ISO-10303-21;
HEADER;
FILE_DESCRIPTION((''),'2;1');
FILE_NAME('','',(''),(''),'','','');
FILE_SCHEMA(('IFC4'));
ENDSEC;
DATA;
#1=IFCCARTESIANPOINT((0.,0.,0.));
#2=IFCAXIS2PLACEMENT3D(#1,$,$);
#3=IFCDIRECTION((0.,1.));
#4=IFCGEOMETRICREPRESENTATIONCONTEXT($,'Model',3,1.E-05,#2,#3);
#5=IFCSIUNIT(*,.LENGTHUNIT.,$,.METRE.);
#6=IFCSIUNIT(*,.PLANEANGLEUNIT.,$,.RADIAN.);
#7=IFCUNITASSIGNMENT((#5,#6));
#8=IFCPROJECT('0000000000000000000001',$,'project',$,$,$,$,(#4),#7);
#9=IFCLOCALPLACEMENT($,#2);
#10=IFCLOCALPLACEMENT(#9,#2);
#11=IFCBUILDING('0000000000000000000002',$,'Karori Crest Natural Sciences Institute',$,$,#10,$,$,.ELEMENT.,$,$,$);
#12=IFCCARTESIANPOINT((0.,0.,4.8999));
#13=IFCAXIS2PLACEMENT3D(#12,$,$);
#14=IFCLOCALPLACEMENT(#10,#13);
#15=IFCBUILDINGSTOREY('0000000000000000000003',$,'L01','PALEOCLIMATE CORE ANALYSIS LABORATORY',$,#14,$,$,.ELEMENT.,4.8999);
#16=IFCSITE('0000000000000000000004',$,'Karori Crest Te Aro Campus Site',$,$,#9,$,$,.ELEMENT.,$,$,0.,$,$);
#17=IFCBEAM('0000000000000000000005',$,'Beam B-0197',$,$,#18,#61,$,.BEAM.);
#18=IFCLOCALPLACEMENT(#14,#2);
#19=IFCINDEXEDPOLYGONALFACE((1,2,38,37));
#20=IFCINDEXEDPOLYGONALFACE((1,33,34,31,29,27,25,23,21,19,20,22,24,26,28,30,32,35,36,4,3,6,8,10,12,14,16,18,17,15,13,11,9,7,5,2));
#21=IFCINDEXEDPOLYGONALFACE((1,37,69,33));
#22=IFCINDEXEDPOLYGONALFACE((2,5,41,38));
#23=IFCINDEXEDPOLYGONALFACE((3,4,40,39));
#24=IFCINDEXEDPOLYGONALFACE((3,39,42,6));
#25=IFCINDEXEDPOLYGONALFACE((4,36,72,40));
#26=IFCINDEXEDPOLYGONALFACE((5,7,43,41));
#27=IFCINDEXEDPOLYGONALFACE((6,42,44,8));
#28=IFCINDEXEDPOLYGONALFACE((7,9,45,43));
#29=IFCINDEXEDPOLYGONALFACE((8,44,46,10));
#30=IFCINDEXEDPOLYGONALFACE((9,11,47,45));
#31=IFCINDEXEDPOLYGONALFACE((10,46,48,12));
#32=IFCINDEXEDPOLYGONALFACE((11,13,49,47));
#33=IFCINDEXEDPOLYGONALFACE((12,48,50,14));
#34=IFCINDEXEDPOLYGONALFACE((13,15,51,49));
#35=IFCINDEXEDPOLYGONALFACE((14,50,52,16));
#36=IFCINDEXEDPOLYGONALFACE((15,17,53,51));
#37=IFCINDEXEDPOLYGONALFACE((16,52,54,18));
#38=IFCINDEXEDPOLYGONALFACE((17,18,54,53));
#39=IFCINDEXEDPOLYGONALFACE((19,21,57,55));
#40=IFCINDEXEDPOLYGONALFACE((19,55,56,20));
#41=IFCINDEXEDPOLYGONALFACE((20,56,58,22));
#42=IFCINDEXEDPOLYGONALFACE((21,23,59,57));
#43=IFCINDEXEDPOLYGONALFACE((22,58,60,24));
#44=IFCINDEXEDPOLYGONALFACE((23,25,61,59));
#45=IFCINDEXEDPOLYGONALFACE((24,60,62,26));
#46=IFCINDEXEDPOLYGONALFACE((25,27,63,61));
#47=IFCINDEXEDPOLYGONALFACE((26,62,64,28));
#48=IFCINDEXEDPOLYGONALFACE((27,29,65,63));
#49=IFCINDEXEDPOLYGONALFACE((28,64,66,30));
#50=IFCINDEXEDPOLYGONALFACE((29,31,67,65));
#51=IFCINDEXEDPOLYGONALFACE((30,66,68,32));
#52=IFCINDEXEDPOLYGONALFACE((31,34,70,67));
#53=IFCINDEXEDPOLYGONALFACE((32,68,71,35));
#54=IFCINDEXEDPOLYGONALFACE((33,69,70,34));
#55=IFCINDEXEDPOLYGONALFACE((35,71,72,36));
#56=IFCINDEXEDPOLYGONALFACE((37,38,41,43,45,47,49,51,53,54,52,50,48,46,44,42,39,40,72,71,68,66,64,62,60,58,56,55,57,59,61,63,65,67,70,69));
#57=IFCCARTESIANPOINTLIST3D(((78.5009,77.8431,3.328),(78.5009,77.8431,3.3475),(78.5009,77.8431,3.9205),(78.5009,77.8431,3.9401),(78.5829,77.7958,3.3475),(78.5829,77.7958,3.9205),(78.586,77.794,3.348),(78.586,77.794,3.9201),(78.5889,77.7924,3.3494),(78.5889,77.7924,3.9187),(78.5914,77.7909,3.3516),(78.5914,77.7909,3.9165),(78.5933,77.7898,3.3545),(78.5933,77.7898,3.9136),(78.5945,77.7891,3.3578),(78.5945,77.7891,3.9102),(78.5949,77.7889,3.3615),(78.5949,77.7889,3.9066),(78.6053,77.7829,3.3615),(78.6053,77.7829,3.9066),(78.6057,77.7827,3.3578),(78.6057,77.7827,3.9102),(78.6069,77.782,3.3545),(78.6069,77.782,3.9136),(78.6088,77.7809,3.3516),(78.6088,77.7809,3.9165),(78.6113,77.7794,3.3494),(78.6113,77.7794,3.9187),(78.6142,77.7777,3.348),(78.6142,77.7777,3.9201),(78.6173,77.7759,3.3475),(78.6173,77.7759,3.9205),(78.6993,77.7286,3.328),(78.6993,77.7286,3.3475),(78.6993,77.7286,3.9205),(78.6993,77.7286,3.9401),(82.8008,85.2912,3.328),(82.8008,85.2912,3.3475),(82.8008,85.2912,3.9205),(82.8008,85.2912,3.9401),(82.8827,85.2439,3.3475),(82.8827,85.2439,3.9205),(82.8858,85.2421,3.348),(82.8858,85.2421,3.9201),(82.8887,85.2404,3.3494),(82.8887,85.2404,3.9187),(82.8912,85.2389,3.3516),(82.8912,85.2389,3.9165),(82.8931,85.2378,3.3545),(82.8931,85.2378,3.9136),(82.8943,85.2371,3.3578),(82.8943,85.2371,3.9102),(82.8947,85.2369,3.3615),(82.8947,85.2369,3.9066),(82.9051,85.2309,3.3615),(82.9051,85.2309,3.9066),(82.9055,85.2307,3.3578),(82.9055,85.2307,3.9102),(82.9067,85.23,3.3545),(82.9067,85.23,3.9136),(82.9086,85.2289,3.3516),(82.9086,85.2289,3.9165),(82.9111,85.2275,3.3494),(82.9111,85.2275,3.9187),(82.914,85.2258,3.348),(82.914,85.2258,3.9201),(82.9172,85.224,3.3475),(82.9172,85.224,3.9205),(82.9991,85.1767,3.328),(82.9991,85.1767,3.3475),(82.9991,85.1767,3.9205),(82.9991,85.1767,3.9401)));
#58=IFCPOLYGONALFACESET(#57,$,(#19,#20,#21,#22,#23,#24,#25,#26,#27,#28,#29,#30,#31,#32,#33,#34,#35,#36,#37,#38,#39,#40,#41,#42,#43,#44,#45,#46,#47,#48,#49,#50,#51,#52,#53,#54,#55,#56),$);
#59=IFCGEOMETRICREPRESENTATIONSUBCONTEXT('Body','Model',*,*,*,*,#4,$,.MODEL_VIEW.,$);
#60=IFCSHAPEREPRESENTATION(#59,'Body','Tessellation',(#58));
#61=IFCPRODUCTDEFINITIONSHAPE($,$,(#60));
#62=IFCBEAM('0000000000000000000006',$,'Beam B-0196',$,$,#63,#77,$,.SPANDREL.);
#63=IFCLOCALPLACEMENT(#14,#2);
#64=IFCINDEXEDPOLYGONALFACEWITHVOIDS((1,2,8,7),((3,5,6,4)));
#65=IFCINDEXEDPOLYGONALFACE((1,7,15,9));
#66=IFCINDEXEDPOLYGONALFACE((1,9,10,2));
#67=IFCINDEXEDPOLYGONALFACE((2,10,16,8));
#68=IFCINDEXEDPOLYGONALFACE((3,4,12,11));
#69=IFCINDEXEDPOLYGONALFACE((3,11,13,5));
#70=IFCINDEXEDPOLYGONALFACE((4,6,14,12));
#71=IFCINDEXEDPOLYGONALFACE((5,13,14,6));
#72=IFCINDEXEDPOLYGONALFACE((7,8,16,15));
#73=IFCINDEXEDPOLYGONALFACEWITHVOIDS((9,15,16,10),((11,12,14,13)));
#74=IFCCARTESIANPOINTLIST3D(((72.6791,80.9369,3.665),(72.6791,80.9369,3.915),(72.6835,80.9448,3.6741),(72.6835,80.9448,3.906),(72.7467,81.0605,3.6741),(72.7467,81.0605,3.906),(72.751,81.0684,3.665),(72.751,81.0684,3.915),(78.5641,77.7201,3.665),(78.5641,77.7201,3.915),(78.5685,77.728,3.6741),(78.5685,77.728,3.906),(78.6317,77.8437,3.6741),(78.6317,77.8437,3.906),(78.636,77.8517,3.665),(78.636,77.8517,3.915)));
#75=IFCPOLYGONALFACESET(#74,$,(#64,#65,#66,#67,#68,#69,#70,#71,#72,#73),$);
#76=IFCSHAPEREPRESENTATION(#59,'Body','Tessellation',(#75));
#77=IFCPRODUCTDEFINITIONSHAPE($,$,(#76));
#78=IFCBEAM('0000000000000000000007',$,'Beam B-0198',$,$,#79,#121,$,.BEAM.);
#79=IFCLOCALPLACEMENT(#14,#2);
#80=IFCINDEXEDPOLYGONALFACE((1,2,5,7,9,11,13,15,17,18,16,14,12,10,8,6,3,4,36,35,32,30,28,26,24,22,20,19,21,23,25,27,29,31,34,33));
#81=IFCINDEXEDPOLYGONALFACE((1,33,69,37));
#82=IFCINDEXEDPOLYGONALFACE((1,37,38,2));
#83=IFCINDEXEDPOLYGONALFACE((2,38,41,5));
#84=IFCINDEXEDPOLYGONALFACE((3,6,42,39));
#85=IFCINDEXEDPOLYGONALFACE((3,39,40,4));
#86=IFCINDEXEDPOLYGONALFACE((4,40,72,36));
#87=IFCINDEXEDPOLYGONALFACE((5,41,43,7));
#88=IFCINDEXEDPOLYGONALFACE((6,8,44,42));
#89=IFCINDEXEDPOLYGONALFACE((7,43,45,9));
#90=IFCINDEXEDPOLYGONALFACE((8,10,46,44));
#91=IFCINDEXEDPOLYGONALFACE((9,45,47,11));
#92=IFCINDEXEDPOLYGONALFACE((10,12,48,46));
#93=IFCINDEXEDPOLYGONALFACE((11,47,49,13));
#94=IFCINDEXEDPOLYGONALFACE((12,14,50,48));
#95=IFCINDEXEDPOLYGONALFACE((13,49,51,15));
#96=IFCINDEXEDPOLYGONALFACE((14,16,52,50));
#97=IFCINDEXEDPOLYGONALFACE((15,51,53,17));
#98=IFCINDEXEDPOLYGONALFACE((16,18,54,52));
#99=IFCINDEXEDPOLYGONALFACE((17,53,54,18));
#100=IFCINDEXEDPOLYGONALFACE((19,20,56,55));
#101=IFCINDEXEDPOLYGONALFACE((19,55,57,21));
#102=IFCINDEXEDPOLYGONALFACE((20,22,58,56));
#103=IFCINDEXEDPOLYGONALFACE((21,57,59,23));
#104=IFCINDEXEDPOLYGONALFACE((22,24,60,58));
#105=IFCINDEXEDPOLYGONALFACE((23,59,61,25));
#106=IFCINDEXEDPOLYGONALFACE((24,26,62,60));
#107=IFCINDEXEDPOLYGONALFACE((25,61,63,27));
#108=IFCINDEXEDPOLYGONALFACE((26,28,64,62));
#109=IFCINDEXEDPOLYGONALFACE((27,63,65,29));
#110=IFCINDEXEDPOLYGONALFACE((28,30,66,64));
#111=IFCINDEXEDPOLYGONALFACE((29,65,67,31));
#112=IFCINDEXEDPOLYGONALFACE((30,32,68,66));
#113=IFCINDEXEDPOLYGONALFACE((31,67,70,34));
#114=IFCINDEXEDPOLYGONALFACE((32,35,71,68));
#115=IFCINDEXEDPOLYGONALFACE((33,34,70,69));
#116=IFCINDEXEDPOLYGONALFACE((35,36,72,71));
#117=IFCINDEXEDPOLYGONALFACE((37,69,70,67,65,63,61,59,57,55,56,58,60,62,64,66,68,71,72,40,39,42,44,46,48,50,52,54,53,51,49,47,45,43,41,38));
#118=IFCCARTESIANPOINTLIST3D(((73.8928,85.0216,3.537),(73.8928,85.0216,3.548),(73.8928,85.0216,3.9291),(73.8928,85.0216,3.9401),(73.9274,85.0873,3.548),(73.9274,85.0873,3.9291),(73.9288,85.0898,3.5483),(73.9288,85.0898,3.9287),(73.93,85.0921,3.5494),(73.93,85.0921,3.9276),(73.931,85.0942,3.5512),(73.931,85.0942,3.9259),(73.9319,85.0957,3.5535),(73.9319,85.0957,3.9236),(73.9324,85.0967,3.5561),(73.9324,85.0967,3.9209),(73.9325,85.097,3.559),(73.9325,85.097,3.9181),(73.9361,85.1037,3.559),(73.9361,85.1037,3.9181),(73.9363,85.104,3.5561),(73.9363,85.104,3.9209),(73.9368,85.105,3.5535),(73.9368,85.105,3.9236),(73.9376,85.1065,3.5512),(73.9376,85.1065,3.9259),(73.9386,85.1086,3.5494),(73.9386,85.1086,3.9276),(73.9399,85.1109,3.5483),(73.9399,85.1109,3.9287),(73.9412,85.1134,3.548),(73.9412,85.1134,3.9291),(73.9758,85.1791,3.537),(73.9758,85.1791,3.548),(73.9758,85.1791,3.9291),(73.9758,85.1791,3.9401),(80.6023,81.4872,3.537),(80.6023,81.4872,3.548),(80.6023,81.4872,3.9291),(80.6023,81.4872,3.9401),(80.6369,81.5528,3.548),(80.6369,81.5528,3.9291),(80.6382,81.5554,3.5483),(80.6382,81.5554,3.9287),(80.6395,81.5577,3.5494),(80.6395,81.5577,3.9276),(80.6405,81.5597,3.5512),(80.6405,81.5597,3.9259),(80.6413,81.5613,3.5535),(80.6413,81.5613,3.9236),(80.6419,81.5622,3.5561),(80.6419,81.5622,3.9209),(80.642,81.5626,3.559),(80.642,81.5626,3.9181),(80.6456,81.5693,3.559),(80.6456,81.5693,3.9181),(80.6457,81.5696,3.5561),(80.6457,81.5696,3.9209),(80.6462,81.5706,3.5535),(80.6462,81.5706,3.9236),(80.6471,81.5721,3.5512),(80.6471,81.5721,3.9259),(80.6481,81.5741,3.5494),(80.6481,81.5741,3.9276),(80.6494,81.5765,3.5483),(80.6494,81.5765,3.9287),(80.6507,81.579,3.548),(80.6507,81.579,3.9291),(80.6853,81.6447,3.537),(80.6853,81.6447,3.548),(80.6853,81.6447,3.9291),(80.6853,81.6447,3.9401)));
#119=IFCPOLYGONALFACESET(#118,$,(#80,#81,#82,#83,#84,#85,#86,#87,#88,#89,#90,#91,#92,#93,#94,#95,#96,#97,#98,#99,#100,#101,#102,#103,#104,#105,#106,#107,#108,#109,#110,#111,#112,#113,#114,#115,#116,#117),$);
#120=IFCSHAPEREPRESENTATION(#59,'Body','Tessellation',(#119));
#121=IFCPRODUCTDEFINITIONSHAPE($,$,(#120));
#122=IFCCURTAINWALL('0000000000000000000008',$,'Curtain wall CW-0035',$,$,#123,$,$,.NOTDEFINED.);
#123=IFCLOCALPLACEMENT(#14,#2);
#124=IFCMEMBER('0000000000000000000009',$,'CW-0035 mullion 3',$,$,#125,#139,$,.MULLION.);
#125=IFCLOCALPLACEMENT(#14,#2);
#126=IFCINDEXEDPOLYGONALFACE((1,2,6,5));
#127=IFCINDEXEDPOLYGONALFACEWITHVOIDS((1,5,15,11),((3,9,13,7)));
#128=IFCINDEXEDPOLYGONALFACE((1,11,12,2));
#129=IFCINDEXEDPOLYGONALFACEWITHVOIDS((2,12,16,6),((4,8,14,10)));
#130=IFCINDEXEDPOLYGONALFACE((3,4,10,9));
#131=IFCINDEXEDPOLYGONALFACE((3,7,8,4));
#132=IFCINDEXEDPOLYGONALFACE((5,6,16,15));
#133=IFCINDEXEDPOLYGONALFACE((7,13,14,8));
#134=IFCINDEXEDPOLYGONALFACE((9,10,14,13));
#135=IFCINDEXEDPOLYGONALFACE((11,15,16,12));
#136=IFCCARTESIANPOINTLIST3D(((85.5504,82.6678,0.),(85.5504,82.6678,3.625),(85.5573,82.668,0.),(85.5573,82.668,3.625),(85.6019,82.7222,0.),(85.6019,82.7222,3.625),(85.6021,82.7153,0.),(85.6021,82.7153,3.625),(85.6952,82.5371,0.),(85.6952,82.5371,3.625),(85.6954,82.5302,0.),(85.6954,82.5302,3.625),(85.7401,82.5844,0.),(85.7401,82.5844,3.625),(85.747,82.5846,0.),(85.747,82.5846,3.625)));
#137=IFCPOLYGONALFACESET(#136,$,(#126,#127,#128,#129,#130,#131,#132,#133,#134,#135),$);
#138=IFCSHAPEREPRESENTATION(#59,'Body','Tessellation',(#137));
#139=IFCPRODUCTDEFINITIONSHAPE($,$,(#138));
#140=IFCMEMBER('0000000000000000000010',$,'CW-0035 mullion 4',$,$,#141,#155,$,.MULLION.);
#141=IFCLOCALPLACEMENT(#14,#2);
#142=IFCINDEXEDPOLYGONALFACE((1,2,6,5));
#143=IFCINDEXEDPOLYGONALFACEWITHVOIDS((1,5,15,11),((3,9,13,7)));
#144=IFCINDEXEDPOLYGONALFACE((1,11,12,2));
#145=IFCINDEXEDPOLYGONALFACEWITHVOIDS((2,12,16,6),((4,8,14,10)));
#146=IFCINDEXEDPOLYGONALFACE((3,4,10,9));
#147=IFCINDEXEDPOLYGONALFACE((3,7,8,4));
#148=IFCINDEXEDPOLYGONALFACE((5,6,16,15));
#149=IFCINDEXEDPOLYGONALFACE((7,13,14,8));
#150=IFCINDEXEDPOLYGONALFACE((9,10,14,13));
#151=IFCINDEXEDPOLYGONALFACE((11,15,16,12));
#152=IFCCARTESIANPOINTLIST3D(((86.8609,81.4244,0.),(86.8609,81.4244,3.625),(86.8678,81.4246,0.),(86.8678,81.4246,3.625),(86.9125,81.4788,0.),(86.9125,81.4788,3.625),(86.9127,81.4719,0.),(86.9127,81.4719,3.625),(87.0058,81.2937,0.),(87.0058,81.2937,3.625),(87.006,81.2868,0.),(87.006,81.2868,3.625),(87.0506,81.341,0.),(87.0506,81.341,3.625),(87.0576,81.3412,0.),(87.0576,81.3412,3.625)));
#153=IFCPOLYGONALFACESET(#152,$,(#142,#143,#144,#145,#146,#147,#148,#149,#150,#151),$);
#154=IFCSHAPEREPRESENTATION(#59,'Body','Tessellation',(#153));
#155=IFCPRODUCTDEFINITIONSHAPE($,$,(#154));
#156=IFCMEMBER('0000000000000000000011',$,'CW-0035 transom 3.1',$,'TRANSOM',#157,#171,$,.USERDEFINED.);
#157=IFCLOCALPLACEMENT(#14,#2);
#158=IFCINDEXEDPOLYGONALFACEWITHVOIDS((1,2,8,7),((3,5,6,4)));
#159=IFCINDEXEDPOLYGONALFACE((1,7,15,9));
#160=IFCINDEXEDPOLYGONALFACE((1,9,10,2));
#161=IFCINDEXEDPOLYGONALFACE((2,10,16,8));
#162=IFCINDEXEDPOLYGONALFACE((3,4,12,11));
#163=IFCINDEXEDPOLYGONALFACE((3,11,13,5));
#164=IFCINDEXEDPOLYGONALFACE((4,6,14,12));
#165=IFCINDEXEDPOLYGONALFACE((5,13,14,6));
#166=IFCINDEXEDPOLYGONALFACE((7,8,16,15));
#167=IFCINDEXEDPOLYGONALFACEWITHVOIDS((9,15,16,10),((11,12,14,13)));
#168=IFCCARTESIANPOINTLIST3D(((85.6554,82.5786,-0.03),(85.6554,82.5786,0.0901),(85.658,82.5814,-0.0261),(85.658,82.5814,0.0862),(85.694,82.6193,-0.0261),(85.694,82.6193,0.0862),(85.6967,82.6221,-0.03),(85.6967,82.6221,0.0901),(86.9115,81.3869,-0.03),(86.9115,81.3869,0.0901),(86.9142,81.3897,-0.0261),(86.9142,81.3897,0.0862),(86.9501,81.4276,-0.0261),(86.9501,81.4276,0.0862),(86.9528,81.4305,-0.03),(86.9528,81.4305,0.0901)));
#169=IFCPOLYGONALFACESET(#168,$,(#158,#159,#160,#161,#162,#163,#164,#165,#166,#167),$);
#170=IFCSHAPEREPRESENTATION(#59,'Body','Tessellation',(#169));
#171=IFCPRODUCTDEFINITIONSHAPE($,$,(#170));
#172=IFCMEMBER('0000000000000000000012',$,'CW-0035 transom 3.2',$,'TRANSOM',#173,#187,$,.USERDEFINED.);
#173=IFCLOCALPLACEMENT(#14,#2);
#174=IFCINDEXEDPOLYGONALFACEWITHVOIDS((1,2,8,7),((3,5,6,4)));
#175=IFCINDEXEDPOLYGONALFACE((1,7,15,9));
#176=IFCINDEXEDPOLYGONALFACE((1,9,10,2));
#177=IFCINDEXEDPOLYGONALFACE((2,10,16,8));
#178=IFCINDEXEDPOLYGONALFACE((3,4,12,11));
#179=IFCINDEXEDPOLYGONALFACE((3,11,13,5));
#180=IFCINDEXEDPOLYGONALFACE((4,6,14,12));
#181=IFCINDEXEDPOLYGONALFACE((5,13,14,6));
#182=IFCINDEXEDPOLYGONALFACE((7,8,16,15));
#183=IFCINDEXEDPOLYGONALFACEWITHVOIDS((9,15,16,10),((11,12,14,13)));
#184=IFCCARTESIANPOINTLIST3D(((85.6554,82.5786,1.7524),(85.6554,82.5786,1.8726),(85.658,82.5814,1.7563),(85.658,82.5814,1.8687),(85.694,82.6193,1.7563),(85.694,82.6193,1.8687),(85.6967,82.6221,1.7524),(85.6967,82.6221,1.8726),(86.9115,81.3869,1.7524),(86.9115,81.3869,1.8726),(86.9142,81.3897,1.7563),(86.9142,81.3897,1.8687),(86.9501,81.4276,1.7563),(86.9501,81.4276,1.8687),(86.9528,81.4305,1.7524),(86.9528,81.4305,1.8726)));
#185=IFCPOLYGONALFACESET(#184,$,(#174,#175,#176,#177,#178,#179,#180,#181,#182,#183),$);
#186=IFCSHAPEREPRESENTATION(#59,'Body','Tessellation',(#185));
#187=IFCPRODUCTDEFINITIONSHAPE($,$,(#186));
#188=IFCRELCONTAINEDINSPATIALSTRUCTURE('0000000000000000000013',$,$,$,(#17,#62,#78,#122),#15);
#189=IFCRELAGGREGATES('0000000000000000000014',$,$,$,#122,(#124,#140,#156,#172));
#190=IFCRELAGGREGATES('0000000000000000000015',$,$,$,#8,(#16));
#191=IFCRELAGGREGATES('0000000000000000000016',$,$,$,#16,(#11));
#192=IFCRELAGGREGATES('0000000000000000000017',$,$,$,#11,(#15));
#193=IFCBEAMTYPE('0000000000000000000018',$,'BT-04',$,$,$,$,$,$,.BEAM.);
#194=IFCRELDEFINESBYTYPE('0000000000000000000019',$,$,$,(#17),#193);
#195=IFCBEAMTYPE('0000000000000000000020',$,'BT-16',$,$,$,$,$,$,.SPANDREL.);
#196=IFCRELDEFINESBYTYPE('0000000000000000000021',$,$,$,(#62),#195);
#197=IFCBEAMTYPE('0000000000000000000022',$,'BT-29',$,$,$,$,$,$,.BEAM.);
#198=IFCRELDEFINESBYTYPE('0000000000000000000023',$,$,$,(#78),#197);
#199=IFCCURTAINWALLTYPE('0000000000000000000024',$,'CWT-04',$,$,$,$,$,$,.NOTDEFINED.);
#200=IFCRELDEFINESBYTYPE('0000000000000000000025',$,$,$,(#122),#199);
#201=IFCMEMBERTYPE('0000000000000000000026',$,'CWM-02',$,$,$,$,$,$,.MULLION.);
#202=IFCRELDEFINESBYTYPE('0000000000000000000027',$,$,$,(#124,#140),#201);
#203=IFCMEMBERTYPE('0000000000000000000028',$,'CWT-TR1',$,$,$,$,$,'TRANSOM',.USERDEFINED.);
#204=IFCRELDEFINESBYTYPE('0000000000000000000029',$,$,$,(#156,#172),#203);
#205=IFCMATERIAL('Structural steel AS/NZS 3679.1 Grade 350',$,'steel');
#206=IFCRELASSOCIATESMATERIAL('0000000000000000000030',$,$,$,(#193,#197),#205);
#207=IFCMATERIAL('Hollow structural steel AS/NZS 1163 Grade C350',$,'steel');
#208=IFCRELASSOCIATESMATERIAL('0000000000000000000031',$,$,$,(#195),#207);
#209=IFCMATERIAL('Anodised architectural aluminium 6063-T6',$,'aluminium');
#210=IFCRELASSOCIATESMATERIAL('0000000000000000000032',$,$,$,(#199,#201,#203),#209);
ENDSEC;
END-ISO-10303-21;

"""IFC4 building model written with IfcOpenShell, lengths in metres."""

from ifc_helpers import new_model, si_unit, direction, frame, origin, origin_2d, place, context, subcontext, project, spatial, hollow_rectangle, i_section, extrude, material, material_profile, profile_set, type_object, element, aggregate, save


model = new_model("IFC4")

# Units and contexts
model_context = context("Model", 3, precision=1e-05, world=origin(), true_north=direction((0.0, 1.0)))
body_context = subcontext(model_context, "Body", "Model", "MODEL_VIEW")
ifc_project = project(units=[si_unit("LENGTHUNIT", "METRE"), si_unit("PLANEANGLEUNIT", "RADIAN")], contexts=[model_context])

# Site, building, storey
site_placement = place(None, origin())
site = spatial("IfcSite", under=ifc_project, at=site_placement, Name="Karori Crest Te Aro Campus Site", CompositionType="ELEMENT", RefElevation=0.0)
building_placement = place(site_placement, origin())
building = spatial("IfcBuilding", under=site, at=building_placement, Name="Karori Crest Natural Sciences Institute", CompositionType="ELEMENT")
storey_placement = place(building_placement, frame((0.0, 0.0, 4.8999)))
storey = spatial("IfcBuildingStorey", under=building, at=storey_placement, Name="L01", Description="PALEOCLIMATE CORE ANALYSIS LABORATORY", CompositionType="ELEMENT", Elevation=4.8999)

# Beams
ifc_material_1 = material(Name="Structural steel AS/NZS 3679.1 Grade 350", Category="steel")
ifc_material_profile_1 = material_profile(ifc_material_1, i_section(OverallWidth=0.229, OverallDepth=0.6121, WebThickness=0.012, FlangeThickness=0.0195, FilletRadius=0.0139, at=origin_2d()), Name="610UB125")
ifc_profile_set_1 = profile_set([ifc_material_profile_1], Name="Structural steel AS/NZS 3679.1 Grade 350")
beam_type_1 = type_object("IfcBeamType", Name="BT-04", PredefinedType="BEAM", material=ifc_profile_set_1)
beam_1_placement = place(storey_placement, frame((78.6001, 77.7859, 3.634), z_axis=(0.499974, 0.86604, 0.0), x_axis=(-0.86604, 0.499974, 0.0)))
element("IfcBeam", 1, at=beam_1_placement, inside=storey, type_object=beam_type_1, Name="Beam B-0197", PredefinedType="BEAM", context=body_context, shape_type="SweptSolid", body=[
    extrude(i_section(OverallWidth=0.229, OverallDepth=0.6121, WebThickness=0.012, FlangeThickness=0.0195, FilletRadius=0.0139, at=origin_2d()), origin(), (0.0, 0.0, 1.0), 8.6001),
])
ifc_material_2 = material(Name="Hollow structural steel AS/NZS 1163 Grade C350", Category="steel")
ifc_material_profile_2 = material_profile(ifc_material_2, hollow_rectangle(XDim=0.1499, YDim=0.25, WallThickness=0.009, at=origin_2d()), Name="RHS250x150x9")
ifc_profile_set_2 = profile_set([ifc_material_profile_2], Name="Hollow structural steel AS/NZS 1163 Grade C350")
beam_type_2 = type_object("IfcBeamType", Name="BT-16", PredefinedType="SPANDREL", material=ifc_profile_set_2)
beam_2_placement = place(storey_placement, frame((78.6001, 77.7859, 3.79), z_axis=(-0.87747, 0.479632, 0.0), x_axis=(-0.479632, -0.87747, 0.0)))
element("IfcBeam", 2, at=beam_2_placement, inside=storey, type_object=beam_type_2, Name="Beam B-0196", PredefinedType="SPANDREL", context=body_context, shape_type="SweptSolid", body=[
    extrude(hollow_rectangle(XDim=0.1499, YDim=0.25, WallThickness=0.009, at=origin_2d()), origin(), (0.0, 0.0, 1.0), 6.7068),
])
ifc_material_profile_3 = material_profile(ifc_material_1, i_section(OverallWidth=0.178, OverallDepth=0.4031, WebThickness=0.0076, FlangeThickness=0.011, FilletRadius=0.011, at=origin_2d()), Name="410UB53.7")
ifc_profile_set_3 = profile_set([ifc_material_profile_3], Name="Structural steel AS/NZS 3679.1 Grade 350")
beam_type_3 = type_object("IfcBeamType", Name="BT-29", PredefinedType="BEAM", material=ifc_profile_set_3)
beam_3_placement = place(storey_placement, frame((80.6438, 81.5659, 3.7385), z_axis=(-0.884748, 0.466069, 0.0), x_axis=(-0.466069, -0.884748, 0.0)))
element("IfcBeam", 3, at=beam_3_placement, inside=storey, type_object=beam_type_3, Name="Beam B-0198", PredefinedType="BEAM", context=body_context, shape_type="SweptSolid", body=[
    extrude(i_section(OverallWidth=0.178, OverallDepth=0.4031, WebThickness=0.0076, FlangeThickness=0.011, FilletRadius=0.011, at=origin_2d()), origin(), (0.0, 0.0, 1.0), 7.5835),
])

# Curtain wall, members
ifc_material_3 = material(Name="Anodised architectural aluminium 6063-T6", Category="aluminium")
curtain_wall_type = type_object("IfcCurtainWallType", Name="CWT-04", PredefinedType="NOTDEFINED", material=ifc_material_3)
curtain_wall_placement = place(storey_placement, origin())
curtain_wall = element("IfcCurtainWall", 4, at=curtain_wall_placement, inside=storey, type_object=curtain_wall_type, Name="Curtain wall CW-0035", PredefinedType="NOTDEFINED")
ifc_material_profile_4 = material_profile(ifc_material_3, hollow_rectangle(XDim=0.075, YDim=0.2, WallThickness=0.0049, at=origin_2d()), Name="CWM200x75x5")
ifc_profile_set_4 = profile_set([ifc_material_profile_4], Name="Anodised architectural aluminium 6063-T6")
member_type_1 = type_object("IfcMemberType", Name="CWM-02", PredefinedType="MULLION", material=ifc_profile_set_4)
member_1_placement = place(storey_placement, frame((85.6487, 82.6262, 0.0), z_axis=(0.0, 0.0, 1.0), x_axis=(0.688246, 0.725477, 0.0)))
member_1 = element("IfcMember", 5, at=member_1_placement, type_object=member_type_1, Name="CW-0035 mullion 3", PredefinedType="MULLION", context=body_context, shape_type="SweptSolid", body=[
    extrude(hollow_rectangle(XDim=0.075, YDim=0.2, WallThickness=0.0049, at=origin_2d()), origin(), (0.0, 0.0, 1.0), 3.625),
])
member_2_placement = place(storey_placement, frame((86.9592, 81.3828, 0.0), z_axis=(0.0, 0.0, 1.0), x_axis=(0.688246, 0.725477, 0.0)))
member_2 = element("IfcMember", 6, at=member_2_placement, type_object=member_type_1, Name="CW-0035 mullion 4", PredefinedType="MULLION", context=body_context, shape_type="SweptSolid", body=[
    extrude(hollow_rectangle(XDim=0.075, YDim=0.2, WallThickness=0.0049, at=origin_2d()), origin(), (0.0, 0.0, 1.0), 3.625),
])
ifc_material_profile_5 = material_profile(ifc_material_3, hollow_rectangle(XDim=0.0601, YDim=0.1201, WallThickness=0.0039, at=origin_2d()), Name="CWT120x60x4")
ifc_profile_set_5 = profile_set([ifc_material_profile_5], Name="Anodised architectural aluminium 6063-T6")
member_type_2 = type_object("IfcMemberType", Name="CWT-TR1", ElementType="TRANSOM", PredefinedType="USERDEFINED", material=ifc_profile_set_5)
member_3_placement = place(storey_placement, frame((85.676, 82.6003, 0.03), z_axis=(0.725475, -0.688249, 0.0), x_axis=(0.688249, 0.725475, 0.0)))
member_3 = element("IfcMember", 7, at=member_3_placement, type_object=member_type_2, Name="CW-0035 transom 3.1", ObjectType="TRANSOM", PredefinedType="USERDEFINED", context=body_context, shape_type="SweptSolid", body=[
    extrude(hollow_rectangle(XDim=0.0601, YDim=0.1201, WallThickness=0.0039, at=origin_2d()), origin(), (0.0, 0.0, 1.0), 1.7314),
])
member_4_placement = place(storey_placement, frame((85.676, 82.6003, 1.8125), z_axis=(0.725475, -0.688249, 0.0), x_axis=(0.688249, 0.725475, 0.0)))
member_4 = element("IfcMember", 8, at=member_4_placement, type_object=member_type_2, Name="CW-0035 transom 3.2", ObjectType="TRANSOM", PredefinedType="USERDEFINED", context=body_context, shape_type="SweptSolid", body=[
    extrude(hollow_rectangle(XDim=0.0601, YDim=0.1201, WallThickness=0.0039, at=origin_2d()), origin(), (0.0, 0.0, 1.0), 1.7314),
])
aggregate(curtain_wall, [member_1, member_2, member_3, member_4])

save(model, "model.ifc")
